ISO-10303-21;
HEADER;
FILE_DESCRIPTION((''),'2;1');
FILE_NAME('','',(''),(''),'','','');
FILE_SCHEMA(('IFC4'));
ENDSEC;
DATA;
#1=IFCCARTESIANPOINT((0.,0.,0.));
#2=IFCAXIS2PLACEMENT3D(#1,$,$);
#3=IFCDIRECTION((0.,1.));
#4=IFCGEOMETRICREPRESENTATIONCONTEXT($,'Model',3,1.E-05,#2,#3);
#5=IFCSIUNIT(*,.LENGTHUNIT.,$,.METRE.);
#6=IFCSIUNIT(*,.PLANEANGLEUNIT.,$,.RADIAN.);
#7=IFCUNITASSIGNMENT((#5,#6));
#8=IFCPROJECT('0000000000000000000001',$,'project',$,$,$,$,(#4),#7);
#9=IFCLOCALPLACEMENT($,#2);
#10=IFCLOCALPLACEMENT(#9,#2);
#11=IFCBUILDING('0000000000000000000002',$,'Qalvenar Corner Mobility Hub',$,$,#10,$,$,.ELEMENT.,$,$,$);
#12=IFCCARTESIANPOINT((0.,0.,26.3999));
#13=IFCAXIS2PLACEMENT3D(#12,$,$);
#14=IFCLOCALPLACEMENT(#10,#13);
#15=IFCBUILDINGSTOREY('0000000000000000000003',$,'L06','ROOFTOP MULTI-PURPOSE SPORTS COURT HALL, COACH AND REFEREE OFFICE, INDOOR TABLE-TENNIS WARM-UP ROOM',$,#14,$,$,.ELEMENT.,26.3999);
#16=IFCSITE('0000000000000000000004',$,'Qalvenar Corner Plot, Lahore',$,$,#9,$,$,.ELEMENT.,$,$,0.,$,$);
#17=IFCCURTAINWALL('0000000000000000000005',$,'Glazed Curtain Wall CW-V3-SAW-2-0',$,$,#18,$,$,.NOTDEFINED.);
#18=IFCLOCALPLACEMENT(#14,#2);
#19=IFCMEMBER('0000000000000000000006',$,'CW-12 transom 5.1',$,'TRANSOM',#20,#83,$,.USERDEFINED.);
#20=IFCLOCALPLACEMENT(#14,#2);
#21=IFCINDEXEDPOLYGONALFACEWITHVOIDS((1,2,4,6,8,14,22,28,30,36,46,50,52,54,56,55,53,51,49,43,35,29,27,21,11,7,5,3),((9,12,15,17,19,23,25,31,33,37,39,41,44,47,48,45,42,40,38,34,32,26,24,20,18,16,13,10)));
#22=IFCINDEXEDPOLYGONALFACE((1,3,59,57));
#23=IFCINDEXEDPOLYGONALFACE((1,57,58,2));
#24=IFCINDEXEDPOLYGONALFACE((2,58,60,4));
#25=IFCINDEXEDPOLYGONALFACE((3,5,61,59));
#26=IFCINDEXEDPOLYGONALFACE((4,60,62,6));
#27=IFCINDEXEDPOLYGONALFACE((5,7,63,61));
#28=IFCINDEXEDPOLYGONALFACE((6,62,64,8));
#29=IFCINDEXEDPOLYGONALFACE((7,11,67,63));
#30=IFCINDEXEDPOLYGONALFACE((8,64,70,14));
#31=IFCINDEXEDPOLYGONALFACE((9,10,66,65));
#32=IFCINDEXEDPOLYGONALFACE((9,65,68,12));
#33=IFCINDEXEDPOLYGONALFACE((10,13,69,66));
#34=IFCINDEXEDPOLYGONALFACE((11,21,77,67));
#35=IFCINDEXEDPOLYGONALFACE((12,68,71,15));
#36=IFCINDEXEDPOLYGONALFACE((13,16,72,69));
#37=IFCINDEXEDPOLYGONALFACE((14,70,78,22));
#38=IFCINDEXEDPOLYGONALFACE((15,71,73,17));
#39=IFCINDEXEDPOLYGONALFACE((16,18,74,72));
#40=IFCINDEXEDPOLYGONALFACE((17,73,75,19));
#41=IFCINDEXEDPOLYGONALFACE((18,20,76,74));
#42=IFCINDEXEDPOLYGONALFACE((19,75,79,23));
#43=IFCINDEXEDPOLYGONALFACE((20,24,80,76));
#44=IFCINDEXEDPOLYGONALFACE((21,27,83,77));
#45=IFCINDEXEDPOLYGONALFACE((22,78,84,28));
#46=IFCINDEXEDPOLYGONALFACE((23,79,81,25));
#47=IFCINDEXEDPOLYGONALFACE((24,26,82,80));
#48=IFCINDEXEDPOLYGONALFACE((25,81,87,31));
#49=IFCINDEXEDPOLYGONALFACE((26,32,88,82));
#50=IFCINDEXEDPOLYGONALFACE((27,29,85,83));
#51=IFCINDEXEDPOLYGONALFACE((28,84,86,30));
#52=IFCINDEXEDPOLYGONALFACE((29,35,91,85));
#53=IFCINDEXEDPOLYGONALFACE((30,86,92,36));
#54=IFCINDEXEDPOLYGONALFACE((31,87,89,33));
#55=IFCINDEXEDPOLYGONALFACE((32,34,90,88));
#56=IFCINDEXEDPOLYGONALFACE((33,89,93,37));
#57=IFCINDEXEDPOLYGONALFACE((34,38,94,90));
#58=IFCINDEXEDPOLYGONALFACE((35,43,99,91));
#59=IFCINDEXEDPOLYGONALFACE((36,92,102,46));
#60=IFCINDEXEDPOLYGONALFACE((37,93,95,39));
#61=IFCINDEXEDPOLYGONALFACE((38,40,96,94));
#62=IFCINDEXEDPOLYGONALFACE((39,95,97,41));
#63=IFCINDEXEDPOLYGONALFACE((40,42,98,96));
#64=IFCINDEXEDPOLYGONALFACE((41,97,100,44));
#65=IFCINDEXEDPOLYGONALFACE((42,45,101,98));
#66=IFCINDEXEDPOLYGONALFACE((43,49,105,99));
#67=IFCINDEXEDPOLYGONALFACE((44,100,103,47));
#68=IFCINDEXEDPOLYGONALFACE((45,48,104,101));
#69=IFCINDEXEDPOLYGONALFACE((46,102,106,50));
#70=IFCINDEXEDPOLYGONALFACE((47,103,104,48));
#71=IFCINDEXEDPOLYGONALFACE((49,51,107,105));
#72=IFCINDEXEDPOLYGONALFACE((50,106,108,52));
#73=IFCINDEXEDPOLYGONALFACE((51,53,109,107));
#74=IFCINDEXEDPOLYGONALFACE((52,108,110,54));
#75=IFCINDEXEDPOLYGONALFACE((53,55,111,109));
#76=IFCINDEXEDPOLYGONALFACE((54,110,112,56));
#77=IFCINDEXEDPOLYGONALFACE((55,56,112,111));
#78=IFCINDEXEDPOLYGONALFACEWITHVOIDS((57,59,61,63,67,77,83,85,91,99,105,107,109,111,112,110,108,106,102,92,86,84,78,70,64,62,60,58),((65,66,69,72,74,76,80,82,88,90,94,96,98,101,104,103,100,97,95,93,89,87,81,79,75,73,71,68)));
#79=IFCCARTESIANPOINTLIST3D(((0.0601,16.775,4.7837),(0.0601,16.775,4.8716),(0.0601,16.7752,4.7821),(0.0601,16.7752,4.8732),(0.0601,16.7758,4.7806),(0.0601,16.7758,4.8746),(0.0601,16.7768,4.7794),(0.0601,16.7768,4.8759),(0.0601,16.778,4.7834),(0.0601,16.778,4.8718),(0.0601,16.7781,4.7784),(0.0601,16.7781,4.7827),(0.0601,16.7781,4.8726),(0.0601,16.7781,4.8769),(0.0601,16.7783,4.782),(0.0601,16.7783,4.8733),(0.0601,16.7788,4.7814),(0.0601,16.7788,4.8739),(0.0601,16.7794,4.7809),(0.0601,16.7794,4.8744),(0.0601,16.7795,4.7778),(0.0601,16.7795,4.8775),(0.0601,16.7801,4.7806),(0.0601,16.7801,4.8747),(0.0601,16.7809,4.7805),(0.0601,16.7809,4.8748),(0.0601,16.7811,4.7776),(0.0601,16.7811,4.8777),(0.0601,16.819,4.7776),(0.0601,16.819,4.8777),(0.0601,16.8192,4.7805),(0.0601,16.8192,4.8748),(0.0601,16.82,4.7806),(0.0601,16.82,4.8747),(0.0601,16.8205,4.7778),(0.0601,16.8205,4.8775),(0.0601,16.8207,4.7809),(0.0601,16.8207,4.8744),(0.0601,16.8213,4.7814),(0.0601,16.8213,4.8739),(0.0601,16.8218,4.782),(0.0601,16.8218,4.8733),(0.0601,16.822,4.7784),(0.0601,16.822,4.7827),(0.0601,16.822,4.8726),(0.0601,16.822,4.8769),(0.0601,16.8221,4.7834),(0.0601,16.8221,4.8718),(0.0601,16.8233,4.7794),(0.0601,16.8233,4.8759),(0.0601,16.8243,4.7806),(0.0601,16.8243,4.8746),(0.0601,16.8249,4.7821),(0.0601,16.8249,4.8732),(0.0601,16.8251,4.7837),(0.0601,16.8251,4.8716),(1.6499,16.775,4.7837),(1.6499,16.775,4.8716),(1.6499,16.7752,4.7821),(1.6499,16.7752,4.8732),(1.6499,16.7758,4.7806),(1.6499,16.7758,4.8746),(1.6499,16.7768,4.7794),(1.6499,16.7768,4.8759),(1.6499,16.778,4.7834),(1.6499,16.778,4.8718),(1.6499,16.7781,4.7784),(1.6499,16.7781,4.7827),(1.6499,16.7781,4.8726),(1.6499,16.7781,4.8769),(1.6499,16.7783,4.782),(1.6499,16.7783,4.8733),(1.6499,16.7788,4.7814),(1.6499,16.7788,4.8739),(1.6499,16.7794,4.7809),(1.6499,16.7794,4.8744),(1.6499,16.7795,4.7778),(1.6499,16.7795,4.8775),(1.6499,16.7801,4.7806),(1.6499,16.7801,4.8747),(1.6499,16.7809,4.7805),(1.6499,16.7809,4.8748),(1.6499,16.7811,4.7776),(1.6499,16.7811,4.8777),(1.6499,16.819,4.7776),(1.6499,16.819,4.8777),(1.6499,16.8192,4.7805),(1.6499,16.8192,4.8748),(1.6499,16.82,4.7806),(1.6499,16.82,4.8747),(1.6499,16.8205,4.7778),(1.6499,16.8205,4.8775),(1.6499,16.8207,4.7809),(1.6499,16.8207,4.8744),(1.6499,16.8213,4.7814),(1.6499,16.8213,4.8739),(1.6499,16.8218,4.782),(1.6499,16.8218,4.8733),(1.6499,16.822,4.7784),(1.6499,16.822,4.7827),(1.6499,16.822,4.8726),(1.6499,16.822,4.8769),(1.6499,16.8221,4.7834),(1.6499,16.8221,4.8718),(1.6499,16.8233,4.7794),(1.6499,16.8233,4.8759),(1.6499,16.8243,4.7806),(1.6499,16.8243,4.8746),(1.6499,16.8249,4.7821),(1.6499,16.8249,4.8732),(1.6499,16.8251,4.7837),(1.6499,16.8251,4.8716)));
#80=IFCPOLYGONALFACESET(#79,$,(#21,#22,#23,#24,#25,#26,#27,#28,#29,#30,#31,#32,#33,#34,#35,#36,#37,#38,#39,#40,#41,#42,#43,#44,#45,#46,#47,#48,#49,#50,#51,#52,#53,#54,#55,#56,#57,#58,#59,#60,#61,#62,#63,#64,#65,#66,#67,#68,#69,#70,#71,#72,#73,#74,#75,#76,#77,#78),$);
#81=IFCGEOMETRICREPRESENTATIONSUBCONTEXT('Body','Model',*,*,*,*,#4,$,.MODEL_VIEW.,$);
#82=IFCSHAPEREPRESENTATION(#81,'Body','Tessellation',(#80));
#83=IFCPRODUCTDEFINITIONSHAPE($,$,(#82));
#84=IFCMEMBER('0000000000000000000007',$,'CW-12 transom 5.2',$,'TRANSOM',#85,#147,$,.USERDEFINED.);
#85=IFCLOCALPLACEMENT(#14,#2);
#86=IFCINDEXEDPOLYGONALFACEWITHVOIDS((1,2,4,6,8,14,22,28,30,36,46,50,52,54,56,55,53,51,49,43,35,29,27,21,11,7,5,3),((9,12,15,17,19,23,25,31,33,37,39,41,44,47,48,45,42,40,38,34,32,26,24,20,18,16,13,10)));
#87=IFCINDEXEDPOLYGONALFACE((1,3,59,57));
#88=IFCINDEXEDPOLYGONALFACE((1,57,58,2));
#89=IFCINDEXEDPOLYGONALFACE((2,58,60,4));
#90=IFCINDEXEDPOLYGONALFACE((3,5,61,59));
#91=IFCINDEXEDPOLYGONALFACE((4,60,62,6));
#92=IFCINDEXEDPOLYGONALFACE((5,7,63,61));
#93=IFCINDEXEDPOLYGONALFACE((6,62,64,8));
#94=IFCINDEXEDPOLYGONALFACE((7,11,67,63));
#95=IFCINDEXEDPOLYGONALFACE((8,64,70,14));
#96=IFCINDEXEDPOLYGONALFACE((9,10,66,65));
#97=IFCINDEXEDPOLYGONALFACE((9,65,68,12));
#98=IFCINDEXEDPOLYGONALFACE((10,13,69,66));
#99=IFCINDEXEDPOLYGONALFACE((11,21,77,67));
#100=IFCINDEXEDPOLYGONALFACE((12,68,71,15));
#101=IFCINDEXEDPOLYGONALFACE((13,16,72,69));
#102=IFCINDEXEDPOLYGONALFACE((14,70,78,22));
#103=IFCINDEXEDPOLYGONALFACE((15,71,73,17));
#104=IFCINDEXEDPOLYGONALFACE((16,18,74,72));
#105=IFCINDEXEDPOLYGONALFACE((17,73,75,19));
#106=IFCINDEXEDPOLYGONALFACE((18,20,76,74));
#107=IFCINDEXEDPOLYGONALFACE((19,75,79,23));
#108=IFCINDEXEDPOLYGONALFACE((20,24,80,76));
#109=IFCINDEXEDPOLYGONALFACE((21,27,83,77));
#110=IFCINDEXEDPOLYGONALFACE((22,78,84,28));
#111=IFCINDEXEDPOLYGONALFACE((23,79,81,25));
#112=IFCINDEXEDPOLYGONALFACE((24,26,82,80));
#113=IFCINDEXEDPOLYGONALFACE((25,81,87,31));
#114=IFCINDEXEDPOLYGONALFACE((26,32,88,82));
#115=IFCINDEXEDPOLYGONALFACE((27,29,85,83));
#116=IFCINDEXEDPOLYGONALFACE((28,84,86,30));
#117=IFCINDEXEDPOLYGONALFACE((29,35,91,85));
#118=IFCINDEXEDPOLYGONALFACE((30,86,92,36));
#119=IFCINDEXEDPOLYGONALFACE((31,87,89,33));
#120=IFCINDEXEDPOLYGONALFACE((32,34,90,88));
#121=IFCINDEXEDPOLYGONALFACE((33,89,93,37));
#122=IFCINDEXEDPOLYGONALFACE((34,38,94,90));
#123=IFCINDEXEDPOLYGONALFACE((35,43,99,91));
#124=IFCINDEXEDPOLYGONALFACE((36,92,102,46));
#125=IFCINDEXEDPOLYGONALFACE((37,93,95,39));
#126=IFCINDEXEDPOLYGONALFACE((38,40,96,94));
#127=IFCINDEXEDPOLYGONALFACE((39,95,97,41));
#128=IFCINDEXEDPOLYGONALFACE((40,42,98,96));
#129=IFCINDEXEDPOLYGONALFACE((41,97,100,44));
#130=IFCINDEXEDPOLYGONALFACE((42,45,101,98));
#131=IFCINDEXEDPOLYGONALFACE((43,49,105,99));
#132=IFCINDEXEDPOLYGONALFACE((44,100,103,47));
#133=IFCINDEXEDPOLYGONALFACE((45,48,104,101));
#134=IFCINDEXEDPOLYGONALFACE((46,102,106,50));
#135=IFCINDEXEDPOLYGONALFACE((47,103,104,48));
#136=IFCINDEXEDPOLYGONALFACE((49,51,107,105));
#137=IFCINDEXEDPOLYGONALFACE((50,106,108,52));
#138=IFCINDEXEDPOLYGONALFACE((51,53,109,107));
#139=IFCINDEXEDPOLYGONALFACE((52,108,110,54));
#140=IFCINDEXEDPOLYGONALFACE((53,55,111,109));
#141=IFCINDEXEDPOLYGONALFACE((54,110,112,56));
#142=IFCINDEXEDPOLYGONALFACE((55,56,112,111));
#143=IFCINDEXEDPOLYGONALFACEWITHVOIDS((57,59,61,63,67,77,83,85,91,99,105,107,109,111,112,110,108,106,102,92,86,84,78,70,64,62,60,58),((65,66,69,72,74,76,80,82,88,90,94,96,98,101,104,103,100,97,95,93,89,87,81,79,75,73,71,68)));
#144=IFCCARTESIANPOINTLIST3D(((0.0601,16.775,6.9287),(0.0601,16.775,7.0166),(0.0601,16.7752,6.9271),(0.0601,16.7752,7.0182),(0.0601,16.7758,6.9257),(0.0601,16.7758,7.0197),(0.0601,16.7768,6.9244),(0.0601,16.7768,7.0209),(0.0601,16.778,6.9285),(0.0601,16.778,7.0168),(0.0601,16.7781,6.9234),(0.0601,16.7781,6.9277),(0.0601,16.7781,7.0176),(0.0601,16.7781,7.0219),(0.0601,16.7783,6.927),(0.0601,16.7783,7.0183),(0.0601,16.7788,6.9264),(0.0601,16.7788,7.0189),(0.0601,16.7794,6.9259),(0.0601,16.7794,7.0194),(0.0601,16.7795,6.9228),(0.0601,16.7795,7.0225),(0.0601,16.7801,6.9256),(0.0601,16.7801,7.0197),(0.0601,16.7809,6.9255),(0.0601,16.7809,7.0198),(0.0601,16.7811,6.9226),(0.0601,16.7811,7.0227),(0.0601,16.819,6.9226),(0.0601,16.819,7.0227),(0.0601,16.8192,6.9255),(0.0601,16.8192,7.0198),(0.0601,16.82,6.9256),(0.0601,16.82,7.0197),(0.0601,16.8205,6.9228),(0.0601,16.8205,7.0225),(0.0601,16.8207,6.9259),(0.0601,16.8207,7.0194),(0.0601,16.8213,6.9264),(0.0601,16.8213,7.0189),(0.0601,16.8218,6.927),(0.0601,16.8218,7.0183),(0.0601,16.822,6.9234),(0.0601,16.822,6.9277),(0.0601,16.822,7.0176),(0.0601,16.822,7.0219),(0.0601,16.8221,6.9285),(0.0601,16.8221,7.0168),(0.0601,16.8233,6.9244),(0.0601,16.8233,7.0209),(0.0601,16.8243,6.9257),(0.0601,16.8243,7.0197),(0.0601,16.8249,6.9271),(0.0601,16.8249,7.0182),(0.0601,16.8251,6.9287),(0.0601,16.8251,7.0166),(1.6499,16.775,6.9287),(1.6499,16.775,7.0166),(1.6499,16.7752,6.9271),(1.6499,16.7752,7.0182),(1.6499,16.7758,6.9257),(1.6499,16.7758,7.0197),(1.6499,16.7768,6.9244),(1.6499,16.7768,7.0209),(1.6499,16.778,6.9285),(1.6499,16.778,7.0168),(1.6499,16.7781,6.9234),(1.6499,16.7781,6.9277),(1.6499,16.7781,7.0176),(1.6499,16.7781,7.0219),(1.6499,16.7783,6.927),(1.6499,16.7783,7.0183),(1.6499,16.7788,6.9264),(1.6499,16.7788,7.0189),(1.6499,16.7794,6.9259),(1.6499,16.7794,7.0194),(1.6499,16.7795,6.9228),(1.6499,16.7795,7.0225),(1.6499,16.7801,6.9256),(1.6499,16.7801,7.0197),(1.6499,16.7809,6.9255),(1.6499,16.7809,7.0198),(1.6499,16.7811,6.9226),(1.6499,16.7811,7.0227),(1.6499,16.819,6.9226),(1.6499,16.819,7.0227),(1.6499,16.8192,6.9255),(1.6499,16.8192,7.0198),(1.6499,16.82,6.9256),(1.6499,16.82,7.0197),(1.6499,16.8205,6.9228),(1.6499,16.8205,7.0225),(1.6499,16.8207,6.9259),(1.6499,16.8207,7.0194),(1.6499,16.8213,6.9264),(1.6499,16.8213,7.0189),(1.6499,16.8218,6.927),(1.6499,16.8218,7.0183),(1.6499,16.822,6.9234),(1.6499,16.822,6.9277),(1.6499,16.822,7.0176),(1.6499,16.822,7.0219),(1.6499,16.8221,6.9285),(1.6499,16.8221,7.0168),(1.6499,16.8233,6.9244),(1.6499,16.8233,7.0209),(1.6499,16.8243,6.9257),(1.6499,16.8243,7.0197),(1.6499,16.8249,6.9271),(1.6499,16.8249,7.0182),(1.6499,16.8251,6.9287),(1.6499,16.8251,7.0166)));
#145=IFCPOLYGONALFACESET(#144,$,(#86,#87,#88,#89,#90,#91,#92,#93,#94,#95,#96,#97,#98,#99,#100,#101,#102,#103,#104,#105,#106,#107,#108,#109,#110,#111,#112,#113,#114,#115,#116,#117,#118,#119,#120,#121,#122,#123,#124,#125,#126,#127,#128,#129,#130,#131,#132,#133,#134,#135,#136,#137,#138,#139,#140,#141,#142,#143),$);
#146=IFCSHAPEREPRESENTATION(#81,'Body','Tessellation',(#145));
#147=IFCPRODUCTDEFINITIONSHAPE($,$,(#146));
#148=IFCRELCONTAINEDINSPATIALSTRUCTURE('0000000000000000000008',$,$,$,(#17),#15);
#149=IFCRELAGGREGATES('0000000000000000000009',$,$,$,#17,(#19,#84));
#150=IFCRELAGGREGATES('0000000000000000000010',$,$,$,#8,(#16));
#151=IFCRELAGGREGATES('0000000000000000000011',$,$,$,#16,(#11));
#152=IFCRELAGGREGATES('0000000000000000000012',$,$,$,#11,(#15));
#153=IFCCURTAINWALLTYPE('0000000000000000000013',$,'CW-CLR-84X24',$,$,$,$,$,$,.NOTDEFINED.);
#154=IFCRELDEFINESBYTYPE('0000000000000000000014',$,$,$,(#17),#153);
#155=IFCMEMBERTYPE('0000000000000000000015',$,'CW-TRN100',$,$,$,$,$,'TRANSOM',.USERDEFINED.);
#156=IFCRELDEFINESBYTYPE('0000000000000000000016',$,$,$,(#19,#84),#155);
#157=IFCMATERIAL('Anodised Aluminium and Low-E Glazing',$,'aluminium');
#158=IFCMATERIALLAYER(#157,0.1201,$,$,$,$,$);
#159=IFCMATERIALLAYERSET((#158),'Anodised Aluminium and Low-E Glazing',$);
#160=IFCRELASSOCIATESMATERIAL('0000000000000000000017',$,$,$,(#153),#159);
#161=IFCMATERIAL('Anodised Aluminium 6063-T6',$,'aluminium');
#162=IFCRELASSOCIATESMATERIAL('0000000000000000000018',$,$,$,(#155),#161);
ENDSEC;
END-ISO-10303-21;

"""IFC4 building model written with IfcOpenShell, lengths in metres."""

from ifc_helpers import new_model, si_unit, direction, frame, origin, origin_2d, place, context, subcontext, project, spatial, hollow_rectangle, extrude, material, layer, layer_set, material_profile, profile_set, type_object, element, aggregate, save


model = new_model("IFC4")

# Units and contexts
model_context = context("Model", 3, precision=1e-05, world=origin(), true_north=direction((0.0, 1.0)))
body_context = subcontext(model_context, "Body", "Model", "MODEL_VIEW")
ifc_project = project(units=[si_unit("LENGTHUNIT", "METRE"), si_unit("PLANEANGLEUNIT", "RADIAN")], contexts=[model_context])

# Site, building, storey
site_placement = place(None, origin())
site = spatial("IfcSite", under=ifc_project, at=site_placement, Name="Qalvenar Corner Plot, Lahore", CompositionType="ELEMENT", RefElevation=0.0)
building_placement = place(site_placement, origin())
building = spatial("IfcBuilding", under=site, at=building_placement, Name="Qalvenar Corner Mobility Hub", CompositionType="ELEMENT")
storey_placement = place(building_placement, frame((0.0, 0.0, 26.3999)))
storey = spatial("IfcBuildingStorey", under=building, at=storey_placement, Name="L06", Description="ROOFTOP MULTI-PURPOSE SPORTS COURT HALL, COACH AND REFEREE OFFICE, INDOOR TABLE-TENNIS WARM-UP ROOM", CompositionType="ELEMENT", Elevation=26.3999)

# Curtain wall, members
ifc_material_1 = material(Name="Anodised Aluminium and Low-E Glazing", Category="aluminium")
ifc_layer_1 = layer(ifc_material_1, 0.1201)
ifc_layer_set_1 = layer_set([ifc_layer_1], Name="Anodised Aluminium and Low-E Glazing")
curtain_wall_type_1 = type_object("IfcCurtainWallType", Name="CW-CLR-84X24", PredefinedType="NOTDEFINED", material=ifc_layer_set_1)
curtain_wall_1_placement = place(storey_placement, origin())
curtain_wall_1 = element("IfcCurtainWall", 1, at=curtain_wall_1_placement, inside=storey, type_object=curtain_wall_type_1, Name="Glazed Curtain Wall CW-V3-SAW-2-0", PredefinedType="NOTDEFINED")
ifc_material_2 = material(Name="Anodised Aluminium 6063-T6", Category="aluminium")
ifc_material_profile_1 = material_profile(ifc_material_2, hollow_rectangle(XDim=0.05, YDim=0.1001, WallThickness=0.0029, InnerFilletRadius=0.0029, OuterFilletRadius=0.0061, at=origin_2d()), Name="RHS100x50x3")
ifc_profile_set_1 = profile_set([ifc_material_profile_1], Name="Anodised Aluminium 6063-T6")
member_type_1 = type_object("IfcMemberType", Name="CW-TRN100", ElementType="TRANSOM", PredefinedType="USERDEFINED", material=ifc_profile_set_1)
member_1_placement = place(storey_placement, frame((1.6499, 16.8, 4.8276), z_axis=(-1.0, 0.0, 0.0), x_axis=(0.0, -1.0, 0.0)))
member_1 = element("IfcMember", 2, at=member_1_placement, type_object=member_type_1, Name="CW-12 transom 5.1", ObjectType="TRANSOM", PredefinedType="USERDEFINED", context=body_context, shape_type="SweptSolid", body=[
    extrude(hollow_rectangle(XDim=0.05, YDim=0.1001, WallThickness=0.0029, InnerFilletRadius=0.0029, OuterFilletRadius=0.0061, at=origin_2d()), origin(), (0.0, 0.0, 1.0), 1.5898),
])
member_2_placement = place(storey_placement, frame((1.6499, 16.8, 6.9727), z_axis=(-1.0, 0.0, 0.0), x_axis=(0.0, -1.0, 0.0)))
member_2 = element("IfcMember", 3, at=member_2_placement, type_object=member_type_1, Name="CW-12 transom 5.2", ObjectType="TRANSOM", PredefinedType="USERDEFINED", context=body_context, shape_type="SweptSolid", body=[
    extrude(hollow_rectangle(XDim=0.05, YDim=0.1001, WallThickness=0.0029, InnerFilletRadius=0.0029, OuterFilletRadius=0.0061, at=origin_2d()), origin(), (0.0, 0.0, 1.0), 1.5898),
])

aggregate(curtain_wall_1, [member_1, member_2])

save(model, "model.ifc")
